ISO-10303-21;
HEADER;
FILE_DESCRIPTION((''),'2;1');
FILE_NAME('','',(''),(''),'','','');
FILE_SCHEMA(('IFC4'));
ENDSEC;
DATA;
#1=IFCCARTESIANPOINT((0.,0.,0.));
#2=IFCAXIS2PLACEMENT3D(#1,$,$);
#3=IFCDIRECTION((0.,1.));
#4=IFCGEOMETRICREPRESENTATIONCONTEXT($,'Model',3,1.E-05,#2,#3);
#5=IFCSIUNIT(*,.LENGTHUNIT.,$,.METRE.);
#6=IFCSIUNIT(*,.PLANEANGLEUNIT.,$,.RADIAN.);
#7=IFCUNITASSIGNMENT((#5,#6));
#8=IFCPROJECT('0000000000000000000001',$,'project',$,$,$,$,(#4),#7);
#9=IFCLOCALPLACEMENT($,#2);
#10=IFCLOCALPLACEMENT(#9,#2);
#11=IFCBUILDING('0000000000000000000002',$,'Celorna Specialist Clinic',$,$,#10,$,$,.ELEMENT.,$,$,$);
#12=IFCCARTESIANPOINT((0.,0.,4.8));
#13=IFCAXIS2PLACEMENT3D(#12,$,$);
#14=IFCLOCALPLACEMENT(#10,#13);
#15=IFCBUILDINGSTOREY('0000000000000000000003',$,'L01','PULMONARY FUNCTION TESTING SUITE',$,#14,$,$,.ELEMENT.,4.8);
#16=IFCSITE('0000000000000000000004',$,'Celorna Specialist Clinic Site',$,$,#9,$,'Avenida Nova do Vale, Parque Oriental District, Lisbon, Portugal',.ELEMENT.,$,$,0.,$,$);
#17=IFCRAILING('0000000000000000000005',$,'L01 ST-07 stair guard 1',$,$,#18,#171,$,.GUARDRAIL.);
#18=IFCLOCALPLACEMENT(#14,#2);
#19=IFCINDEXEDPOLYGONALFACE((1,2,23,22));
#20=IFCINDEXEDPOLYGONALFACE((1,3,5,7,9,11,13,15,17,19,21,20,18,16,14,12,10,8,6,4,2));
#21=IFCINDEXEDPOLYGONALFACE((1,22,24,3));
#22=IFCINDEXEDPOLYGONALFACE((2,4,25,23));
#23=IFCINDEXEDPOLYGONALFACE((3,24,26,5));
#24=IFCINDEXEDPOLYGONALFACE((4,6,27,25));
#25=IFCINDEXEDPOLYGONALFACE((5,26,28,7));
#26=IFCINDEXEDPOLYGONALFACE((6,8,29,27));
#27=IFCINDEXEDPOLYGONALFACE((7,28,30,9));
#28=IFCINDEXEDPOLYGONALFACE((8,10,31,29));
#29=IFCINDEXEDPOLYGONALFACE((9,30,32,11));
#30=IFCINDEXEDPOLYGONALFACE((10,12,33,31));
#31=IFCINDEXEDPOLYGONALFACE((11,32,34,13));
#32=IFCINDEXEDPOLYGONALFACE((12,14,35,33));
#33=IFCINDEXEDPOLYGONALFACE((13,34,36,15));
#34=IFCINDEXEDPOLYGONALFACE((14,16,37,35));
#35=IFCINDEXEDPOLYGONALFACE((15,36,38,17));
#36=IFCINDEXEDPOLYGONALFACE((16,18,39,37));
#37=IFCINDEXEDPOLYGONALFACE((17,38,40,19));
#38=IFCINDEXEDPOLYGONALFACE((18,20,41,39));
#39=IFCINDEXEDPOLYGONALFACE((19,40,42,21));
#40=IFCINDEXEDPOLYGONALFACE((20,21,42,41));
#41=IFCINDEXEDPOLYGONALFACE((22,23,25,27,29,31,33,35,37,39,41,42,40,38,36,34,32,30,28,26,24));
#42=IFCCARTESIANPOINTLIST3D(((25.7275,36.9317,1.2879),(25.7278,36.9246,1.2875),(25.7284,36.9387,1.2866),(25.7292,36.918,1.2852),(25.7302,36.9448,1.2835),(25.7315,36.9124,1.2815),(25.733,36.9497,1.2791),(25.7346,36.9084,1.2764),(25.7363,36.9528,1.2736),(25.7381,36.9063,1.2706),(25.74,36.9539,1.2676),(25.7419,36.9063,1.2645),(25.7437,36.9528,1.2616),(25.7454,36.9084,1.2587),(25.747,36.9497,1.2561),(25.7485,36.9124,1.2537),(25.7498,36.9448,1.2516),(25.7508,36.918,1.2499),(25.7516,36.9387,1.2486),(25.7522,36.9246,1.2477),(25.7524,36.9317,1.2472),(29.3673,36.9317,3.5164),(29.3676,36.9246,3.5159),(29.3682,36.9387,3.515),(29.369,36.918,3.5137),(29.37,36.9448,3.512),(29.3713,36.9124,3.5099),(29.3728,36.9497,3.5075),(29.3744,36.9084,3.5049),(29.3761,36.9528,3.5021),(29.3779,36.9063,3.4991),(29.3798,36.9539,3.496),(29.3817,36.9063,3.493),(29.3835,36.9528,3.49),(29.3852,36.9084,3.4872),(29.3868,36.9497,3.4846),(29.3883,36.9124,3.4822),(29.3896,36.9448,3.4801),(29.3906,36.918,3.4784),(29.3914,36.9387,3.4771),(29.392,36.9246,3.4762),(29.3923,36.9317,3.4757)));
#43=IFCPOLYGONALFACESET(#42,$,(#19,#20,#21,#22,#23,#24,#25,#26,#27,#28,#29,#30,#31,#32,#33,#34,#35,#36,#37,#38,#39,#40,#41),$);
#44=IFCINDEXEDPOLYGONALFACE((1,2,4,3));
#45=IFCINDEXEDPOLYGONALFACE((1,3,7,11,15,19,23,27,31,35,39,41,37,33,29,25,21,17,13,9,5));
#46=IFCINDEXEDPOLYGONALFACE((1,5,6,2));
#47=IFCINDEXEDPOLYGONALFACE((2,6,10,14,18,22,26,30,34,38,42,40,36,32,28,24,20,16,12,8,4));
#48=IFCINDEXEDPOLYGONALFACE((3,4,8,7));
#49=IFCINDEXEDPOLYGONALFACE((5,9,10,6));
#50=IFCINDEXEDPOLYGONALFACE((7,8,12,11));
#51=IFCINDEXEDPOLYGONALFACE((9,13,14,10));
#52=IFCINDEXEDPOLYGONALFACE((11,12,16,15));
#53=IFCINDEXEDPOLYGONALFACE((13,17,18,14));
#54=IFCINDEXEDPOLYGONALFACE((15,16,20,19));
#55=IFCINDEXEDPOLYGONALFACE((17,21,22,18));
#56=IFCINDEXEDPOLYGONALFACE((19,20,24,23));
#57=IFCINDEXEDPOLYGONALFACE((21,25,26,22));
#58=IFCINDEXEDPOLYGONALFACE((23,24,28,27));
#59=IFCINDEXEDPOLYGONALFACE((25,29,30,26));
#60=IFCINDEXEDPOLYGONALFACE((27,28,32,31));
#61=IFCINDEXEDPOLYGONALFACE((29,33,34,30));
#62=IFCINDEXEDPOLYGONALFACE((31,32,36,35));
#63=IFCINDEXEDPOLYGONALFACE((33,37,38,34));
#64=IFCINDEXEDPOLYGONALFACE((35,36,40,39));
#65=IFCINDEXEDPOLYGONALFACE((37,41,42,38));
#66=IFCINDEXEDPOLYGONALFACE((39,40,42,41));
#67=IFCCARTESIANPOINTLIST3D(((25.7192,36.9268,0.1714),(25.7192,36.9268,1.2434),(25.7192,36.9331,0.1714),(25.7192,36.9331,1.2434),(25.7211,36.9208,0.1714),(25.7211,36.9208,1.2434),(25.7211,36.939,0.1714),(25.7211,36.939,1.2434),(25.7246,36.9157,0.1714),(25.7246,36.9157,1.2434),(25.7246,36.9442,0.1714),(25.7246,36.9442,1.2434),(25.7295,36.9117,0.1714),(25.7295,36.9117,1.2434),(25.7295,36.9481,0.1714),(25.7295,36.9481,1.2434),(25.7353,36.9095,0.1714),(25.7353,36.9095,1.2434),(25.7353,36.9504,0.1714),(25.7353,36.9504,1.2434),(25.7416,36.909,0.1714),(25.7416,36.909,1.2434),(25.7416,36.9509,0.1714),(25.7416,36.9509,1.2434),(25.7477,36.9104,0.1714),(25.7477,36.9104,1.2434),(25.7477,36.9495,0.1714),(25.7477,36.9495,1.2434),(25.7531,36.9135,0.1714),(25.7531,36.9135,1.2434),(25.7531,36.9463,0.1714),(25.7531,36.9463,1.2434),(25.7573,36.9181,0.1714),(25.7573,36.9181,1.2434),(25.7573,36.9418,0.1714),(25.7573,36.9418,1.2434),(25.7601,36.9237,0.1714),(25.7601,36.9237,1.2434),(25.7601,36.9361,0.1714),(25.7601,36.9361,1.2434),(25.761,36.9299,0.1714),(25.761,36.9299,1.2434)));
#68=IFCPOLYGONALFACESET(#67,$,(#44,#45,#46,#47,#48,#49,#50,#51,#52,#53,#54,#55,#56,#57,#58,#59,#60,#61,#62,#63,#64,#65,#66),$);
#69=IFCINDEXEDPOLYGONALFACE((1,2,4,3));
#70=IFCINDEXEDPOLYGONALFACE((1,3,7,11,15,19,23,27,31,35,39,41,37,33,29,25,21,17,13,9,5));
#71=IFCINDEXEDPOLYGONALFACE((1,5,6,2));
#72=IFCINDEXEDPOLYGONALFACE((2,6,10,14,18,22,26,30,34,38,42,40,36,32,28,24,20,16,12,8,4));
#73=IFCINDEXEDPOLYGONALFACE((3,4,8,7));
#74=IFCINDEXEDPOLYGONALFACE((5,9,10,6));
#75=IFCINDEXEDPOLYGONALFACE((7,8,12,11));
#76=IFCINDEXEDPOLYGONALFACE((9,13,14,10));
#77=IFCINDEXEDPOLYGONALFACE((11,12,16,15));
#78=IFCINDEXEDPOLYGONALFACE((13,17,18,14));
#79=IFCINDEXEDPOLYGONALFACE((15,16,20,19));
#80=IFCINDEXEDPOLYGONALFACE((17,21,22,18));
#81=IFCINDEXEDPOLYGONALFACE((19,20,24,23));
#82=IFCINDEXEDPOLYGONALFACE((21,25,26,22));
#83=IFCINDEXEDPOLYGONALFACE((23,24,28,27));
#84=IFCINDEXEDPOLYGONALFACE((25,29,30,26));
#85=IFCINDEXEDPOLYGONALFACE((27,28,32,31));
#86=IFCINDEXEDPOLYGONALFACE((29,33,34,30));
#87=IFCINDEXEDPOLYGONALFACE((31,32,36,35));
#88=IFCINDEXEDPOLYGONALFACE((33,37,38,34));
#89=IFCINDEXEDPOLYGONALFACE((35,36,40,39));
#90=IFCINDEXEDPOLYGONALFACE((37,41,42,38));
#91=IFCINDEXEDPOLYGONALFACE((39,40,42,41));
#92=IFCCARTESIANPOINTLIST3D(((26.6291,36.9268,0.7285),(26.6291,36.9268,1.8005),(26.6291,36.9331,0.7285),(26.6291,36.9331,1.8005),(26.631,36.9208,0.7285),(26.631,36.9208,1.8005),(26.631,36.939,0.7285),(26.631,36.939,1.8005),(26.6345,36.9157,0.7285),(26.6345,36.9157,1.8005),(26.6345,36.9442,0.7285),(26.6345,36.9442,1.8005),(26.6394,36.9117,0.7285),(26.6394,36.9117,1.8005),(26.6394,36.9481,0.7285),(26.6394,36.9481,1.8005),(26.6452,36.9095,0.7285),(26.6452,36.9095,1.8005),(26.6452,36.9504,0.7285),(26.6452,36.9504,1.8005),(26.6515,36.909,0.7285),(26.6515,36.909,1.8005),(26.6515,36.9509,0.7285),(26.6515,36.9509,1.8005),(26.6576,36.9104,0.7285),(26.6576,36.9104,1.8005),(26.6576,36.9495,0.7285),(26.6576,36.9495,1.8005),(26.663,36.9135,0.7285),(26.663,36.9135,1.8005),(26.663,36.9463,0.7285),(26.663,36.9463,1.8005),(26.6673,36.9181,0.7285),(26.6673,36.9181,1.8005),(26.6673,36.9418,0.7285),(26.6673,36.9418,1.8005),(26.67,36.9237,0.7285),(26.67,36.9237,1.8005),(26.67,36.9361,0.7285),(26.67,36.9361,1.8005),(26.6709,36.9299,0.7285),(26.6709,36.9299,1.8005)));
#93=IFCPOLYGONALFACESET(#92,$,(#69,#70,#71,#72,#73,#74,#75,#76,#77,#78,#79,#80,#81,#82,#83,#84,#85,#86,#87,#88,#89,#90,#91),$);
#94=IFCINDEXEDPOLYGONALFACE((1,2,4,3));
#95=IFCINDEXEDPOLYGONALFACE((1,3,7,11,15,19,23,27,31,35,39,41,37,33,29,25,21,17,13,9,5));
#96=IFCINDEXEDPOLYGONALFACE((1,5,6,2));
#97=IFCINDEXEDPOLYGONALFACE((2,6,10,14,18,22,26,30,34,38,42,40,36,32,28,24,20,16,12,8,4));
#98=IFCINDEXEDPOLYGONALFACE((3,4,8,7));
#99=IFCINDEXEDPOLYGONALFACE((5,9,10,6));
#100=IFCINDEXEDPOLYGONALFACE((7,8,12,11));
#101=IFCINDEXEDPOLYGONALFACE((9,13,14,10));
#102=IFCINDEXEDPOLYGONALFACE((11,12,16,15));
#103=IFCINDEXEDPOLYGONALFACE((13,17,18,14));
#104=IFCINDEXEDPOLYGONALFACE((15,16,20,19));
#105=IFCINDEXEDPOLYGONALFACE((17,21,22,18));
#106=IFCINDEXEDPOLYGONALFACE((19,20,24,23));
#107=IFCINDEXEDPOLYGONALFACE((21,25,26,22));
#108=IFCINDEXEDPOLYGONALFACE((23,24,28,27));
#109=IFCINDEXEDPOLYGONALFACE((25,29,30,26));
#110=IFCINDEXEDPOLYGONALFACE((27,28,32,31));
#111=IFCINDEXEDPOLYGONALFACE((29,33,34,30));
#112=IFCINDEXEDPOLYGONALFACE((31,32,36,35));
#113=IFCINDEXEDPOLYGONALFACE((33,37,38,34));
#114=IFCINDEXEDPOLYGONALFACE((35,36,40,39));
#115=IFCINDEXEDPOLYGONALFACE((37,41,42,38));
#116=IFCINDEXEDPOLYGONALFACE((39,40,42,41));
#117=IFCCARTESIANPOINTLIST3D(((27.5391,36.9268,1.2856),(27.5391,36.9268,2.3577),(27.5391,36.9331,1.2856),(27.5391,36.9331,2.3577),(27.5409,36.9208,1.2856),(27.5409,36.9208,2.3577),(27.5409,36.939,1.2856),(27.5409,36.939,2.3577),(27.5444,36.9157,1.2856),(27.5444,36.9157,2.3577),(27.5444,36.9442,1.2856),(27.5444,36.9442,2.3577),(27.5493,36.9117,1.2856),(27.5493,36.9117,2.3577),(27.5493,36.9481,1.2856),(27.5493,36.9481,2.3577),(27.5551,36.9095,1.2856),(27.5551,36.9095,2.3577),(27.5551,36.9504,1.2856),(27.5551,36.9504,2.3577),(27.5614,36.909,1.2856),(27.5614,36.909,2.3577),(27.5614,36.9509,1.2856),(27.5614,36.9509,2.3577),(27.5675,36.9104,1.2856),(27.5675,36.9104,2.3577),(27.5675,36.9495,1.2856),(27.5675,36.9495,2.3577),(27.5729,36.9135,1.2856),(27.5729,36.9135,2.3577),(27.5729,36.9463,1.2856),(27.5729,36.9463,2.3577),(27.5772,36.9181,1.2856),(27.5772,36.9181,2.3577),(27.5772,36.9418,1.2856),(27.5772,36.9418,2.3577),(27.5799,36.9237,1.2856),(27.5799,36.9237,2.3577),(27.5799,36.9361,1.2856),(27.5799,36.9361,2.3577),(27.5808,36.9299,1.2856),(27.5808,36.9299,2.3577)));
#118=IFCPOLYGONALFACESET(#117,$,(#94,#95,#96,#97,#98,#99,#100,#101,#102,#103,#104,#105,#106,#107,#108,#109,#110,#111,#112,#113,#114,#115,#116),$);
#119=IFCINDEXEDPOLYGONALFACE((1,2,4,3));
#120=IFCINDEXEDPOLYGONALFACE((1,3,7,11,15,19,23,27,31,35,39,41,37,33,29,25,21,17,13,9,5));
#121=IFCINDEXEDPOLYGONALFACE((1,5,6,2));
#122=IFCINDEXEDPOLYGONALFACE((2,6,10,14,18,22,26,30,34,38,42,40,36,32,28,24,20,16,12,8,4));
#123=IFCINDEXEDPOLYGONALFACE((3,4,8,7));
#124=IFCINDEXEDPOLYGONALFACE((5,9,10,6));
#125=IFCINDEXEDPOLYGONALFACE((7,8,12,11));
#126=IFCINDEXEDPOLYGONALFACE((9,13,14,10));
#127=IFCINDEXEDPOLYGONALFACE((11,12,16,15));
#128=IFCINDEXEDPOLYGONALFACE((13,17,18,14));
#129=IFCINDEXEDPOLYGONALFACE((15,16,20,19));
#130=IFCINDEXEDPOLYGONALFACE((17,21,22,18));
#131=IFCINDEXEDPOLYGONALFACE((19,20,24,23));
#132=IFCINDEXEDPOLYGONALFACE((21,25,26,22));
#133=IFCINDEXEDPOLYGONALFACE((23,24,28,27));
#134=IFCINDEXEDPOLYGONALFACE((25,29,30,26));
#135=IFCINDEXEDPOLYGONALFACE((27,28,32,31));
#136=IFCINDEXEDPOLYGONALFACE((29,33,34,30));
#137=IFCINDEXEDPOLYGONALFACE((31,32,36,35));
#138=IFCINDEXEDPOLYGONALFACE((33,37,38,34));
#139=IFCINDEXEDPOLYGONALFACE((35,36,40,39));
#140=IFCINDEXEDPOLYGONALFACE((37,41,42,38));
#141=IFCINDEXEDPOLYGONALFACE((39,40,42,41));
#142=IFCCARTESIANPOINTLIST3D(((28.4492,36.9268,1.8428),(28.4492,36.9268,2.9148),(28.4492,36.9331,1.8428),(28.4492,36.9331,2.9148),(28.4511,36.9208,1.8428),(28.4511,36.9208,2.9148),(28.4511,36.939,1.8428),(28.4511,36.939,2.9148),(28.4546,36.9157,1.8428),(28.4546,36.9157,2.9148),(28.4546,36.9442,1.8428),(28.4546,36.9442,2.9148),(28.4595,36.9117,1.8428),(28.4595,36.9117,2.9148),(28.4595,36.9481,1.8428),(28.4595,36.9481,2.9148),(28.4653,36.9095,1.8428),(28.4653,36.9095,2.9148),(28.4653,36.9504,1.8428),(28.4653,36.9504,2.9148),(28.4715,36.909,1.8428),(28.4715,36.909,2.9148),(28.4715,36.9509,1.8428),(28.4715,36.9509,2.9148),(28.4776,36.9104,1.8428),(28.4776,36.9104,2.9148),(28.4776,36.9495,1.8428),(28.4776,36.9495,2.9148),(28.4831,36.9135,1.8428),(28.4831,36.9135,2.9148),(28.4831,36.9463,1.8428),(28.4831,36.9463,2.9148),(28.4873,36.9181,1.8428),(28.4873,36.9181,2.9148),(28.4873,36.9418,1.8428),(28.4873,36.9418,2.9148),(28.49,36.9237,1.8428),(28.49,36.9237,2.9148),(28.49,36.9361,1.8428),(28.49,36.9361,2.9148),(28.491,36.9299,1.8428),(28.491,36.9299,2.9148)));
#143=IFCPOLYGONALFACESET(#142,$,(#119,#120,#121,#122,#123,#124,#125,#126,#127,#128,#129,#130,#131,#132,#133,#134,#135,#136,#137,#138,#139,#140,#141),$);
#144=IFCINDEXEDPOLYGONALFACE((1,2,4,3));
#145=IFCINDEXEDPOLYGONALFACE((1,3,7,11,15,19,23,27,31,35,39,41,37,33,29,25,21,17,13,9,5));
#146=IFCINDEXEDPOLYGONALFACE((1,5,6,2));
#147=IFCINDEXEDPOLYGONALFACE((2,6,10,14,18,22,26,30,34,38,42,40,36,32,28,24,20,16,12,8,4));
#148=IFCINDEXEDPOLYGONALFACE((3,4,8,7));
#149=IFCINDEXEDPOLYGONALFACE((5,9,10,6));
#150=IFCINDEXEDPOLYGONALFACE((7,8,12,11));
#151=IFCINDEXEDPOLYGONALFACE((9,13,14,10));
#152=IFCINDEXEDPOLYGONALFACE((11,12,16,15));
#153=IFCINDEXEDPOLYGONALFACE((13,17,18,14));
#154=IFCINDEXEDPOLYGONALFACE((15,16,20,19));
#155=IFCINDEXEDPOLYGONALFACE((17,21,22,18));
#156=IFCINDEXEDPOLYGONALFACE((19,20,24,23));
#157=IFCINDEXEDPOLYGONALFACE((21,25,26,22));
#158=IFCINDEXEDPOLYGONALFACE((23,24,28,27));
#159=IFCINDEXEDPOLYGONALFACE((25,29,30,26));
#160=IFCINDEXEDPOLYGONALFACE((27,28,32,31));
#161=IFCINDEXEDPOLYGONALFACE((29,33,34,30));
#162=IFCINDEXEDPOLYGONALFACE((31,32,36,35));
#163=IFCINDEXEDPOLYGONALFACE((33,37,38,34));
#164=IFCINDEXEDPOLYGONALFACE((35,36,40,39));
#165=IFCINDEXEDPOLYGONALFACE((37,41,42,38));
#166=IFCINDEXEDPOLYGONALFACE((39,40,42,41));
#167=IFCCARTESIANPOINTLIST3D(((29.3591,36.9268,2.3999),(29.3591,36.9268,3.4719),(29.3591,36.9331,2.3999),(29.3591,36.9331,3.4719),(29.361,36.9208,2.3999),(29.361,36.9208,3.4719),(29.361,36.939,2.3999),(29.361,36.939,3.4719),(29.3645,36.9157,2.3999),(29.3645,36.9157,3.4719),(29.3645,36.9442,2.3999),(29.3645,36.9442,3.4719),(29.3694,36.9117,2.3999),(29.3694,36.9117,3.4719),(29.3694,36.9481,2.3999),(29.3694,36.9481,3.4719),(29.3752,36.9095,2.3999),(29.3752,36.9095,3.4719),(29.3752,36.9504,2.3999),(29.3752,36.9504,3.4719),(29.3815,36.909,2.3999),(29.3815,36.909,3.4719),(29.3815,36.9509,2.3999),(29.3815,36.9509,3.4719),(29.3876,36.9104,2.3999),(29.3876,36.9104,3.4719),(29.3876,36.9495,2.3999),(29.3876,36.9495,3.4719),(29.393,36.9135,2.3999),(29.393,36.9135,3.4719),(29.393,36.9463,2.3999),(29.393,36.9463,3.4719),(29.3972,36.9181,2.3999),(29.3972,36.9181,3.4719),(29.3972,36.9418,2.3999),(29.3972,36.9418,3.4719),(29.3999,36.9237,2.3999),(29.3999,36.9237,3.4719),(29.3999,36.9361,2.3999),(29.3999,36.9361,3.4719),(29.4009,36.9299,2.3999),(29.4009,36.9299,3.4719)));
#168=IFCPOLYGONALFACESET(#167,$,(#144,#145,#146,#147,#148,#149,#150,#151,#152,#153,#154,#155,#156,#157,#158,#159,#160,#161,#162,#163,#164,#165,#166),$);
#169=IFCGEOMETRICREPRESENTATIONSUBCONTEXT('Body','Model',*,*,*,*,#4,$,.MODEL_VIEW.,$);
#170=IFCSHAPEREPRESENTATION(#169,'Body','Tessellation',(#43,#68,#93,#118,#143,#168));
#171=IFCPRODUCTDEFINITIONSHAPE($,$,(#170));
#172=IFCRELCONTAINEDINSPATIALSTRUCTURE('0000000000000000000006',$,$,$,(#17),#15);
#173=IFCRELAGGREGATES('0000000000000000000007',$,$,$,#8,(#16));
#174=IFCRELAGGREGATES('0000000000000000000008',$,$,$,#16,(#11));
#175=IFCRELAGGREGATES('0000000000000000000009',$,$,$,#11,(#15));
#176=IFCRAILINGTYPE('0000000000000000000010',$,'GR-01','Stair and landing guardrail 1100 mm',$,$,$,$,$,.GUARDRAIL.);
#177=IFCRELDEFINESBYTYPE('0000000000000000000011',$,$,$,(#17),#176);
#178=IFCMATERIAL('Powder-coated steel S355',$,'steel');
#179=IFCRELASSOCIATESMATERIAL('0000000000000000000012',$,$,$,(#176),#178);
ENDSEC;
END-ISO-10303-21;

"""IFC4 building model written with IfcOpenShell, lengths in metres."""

from ifc_helpers import new_model, si_unit, direction, frame, origin, origin_2d, place, context, subcontext, project, spatial, circle, extrude, material, type_object, element, save


model = new_model("IFC4")

# Units and contexts
model_context = context("Model", 3, precision=1e-05, world=origin(), true_north=direction((0.0, 1.0)))
body_context = subcontext(model_context, "Body", "Model", "MODEL_VIEW")
ifc_project = project(units=[si_unit("LENGTHUNIT", "METRE"), si_unit("PLANEANGLEUNIT", "RADIAN")], contexts=[model_context])

# Site, building, storey
site_placement = place(None, origin())
site = spatial("IfcSite", under=ifc_project, at=site_placement, Name="Celorna Specialist Clinic Site", LongName="Avenida Nova do Vale, Parque Oriental District, Lisbon, Portugal", CompositionType="ELEMENT", RefElevation=0.0)
building_placement = place(site_placement, origin())
building = spatial("IfcBuilding", under=site, at=building_placement, Name="Celorna Specialist Clinic", CompositionType="ELEMENT")
storey_placement = place(building_placement, frame((0.0, 0.0, 4.8)))
storey = spatial("IfcBuildingStorey", under=building, at=storey_placement, Name="L01", Description="PULMONARY FUNCTION TESTING SUITE", CompositionType="ELEMENT", Elevation=4.8)

# Railing
ifc_material_1 = material(Name="Powder-coated steel S355", Category="steel")
railing_type_1 = type_object("IfcRailingType", Name="GR-01", Description="Stair and landing guardrail 1100 mm", PredefinedType="GUARDRAIL", material=ifc_material_1)
railing_1_placement = place(storey_placement, frame((25.74, 36.9299, 0.1714)))
element("IfcRailing", 1, at=railing_1_placement, inside=storey, type_object=railing_type_1, Name="L01 ST-07 stair guard 1", PredefinedType="GUARDRAIL", context=body_context, shape_type="SweptSolid", body=[
    extrude(circle(Radius=0.0239, at=origin_2d()), frame((0.0, 0.0, 1.0962), z_axis=(0.85285, 0.0, 0.522156), x_axis=(0.0, 1.0, 0.0)), (0.0, 0.0, 1.0), 4.2678),
    extrude(circle(Radius=0.021, at=origin_2d()), origin(), (0.0, 0.0, 1.0), 1.072),
    extrude(circle(Radius=0.021, at=origin_2d()), frame((0.9099, 0.0, 0.5571)), (0.0, 0.0, 1.0), 1.072),
    extrude(circle(Radius=0.021, at=origin_2d()), frame((1.8198, 0.0, 1.1143)), (0.0, 0.0, 1.0), 1.072),
    extrude(circle(Radius=0.021, at=origin_2d()), frame((2.73, 0.0, 1.6714)), (0.0, 0.0, 1.0), 1.072),
    extrude(circle(Radius=0.021, at=origin_2d()), frame((3.6399, 0.0, 2.2285)), (0.0, 0.0, 1.0), 1.072),
])

save(model, "model.ifc")
